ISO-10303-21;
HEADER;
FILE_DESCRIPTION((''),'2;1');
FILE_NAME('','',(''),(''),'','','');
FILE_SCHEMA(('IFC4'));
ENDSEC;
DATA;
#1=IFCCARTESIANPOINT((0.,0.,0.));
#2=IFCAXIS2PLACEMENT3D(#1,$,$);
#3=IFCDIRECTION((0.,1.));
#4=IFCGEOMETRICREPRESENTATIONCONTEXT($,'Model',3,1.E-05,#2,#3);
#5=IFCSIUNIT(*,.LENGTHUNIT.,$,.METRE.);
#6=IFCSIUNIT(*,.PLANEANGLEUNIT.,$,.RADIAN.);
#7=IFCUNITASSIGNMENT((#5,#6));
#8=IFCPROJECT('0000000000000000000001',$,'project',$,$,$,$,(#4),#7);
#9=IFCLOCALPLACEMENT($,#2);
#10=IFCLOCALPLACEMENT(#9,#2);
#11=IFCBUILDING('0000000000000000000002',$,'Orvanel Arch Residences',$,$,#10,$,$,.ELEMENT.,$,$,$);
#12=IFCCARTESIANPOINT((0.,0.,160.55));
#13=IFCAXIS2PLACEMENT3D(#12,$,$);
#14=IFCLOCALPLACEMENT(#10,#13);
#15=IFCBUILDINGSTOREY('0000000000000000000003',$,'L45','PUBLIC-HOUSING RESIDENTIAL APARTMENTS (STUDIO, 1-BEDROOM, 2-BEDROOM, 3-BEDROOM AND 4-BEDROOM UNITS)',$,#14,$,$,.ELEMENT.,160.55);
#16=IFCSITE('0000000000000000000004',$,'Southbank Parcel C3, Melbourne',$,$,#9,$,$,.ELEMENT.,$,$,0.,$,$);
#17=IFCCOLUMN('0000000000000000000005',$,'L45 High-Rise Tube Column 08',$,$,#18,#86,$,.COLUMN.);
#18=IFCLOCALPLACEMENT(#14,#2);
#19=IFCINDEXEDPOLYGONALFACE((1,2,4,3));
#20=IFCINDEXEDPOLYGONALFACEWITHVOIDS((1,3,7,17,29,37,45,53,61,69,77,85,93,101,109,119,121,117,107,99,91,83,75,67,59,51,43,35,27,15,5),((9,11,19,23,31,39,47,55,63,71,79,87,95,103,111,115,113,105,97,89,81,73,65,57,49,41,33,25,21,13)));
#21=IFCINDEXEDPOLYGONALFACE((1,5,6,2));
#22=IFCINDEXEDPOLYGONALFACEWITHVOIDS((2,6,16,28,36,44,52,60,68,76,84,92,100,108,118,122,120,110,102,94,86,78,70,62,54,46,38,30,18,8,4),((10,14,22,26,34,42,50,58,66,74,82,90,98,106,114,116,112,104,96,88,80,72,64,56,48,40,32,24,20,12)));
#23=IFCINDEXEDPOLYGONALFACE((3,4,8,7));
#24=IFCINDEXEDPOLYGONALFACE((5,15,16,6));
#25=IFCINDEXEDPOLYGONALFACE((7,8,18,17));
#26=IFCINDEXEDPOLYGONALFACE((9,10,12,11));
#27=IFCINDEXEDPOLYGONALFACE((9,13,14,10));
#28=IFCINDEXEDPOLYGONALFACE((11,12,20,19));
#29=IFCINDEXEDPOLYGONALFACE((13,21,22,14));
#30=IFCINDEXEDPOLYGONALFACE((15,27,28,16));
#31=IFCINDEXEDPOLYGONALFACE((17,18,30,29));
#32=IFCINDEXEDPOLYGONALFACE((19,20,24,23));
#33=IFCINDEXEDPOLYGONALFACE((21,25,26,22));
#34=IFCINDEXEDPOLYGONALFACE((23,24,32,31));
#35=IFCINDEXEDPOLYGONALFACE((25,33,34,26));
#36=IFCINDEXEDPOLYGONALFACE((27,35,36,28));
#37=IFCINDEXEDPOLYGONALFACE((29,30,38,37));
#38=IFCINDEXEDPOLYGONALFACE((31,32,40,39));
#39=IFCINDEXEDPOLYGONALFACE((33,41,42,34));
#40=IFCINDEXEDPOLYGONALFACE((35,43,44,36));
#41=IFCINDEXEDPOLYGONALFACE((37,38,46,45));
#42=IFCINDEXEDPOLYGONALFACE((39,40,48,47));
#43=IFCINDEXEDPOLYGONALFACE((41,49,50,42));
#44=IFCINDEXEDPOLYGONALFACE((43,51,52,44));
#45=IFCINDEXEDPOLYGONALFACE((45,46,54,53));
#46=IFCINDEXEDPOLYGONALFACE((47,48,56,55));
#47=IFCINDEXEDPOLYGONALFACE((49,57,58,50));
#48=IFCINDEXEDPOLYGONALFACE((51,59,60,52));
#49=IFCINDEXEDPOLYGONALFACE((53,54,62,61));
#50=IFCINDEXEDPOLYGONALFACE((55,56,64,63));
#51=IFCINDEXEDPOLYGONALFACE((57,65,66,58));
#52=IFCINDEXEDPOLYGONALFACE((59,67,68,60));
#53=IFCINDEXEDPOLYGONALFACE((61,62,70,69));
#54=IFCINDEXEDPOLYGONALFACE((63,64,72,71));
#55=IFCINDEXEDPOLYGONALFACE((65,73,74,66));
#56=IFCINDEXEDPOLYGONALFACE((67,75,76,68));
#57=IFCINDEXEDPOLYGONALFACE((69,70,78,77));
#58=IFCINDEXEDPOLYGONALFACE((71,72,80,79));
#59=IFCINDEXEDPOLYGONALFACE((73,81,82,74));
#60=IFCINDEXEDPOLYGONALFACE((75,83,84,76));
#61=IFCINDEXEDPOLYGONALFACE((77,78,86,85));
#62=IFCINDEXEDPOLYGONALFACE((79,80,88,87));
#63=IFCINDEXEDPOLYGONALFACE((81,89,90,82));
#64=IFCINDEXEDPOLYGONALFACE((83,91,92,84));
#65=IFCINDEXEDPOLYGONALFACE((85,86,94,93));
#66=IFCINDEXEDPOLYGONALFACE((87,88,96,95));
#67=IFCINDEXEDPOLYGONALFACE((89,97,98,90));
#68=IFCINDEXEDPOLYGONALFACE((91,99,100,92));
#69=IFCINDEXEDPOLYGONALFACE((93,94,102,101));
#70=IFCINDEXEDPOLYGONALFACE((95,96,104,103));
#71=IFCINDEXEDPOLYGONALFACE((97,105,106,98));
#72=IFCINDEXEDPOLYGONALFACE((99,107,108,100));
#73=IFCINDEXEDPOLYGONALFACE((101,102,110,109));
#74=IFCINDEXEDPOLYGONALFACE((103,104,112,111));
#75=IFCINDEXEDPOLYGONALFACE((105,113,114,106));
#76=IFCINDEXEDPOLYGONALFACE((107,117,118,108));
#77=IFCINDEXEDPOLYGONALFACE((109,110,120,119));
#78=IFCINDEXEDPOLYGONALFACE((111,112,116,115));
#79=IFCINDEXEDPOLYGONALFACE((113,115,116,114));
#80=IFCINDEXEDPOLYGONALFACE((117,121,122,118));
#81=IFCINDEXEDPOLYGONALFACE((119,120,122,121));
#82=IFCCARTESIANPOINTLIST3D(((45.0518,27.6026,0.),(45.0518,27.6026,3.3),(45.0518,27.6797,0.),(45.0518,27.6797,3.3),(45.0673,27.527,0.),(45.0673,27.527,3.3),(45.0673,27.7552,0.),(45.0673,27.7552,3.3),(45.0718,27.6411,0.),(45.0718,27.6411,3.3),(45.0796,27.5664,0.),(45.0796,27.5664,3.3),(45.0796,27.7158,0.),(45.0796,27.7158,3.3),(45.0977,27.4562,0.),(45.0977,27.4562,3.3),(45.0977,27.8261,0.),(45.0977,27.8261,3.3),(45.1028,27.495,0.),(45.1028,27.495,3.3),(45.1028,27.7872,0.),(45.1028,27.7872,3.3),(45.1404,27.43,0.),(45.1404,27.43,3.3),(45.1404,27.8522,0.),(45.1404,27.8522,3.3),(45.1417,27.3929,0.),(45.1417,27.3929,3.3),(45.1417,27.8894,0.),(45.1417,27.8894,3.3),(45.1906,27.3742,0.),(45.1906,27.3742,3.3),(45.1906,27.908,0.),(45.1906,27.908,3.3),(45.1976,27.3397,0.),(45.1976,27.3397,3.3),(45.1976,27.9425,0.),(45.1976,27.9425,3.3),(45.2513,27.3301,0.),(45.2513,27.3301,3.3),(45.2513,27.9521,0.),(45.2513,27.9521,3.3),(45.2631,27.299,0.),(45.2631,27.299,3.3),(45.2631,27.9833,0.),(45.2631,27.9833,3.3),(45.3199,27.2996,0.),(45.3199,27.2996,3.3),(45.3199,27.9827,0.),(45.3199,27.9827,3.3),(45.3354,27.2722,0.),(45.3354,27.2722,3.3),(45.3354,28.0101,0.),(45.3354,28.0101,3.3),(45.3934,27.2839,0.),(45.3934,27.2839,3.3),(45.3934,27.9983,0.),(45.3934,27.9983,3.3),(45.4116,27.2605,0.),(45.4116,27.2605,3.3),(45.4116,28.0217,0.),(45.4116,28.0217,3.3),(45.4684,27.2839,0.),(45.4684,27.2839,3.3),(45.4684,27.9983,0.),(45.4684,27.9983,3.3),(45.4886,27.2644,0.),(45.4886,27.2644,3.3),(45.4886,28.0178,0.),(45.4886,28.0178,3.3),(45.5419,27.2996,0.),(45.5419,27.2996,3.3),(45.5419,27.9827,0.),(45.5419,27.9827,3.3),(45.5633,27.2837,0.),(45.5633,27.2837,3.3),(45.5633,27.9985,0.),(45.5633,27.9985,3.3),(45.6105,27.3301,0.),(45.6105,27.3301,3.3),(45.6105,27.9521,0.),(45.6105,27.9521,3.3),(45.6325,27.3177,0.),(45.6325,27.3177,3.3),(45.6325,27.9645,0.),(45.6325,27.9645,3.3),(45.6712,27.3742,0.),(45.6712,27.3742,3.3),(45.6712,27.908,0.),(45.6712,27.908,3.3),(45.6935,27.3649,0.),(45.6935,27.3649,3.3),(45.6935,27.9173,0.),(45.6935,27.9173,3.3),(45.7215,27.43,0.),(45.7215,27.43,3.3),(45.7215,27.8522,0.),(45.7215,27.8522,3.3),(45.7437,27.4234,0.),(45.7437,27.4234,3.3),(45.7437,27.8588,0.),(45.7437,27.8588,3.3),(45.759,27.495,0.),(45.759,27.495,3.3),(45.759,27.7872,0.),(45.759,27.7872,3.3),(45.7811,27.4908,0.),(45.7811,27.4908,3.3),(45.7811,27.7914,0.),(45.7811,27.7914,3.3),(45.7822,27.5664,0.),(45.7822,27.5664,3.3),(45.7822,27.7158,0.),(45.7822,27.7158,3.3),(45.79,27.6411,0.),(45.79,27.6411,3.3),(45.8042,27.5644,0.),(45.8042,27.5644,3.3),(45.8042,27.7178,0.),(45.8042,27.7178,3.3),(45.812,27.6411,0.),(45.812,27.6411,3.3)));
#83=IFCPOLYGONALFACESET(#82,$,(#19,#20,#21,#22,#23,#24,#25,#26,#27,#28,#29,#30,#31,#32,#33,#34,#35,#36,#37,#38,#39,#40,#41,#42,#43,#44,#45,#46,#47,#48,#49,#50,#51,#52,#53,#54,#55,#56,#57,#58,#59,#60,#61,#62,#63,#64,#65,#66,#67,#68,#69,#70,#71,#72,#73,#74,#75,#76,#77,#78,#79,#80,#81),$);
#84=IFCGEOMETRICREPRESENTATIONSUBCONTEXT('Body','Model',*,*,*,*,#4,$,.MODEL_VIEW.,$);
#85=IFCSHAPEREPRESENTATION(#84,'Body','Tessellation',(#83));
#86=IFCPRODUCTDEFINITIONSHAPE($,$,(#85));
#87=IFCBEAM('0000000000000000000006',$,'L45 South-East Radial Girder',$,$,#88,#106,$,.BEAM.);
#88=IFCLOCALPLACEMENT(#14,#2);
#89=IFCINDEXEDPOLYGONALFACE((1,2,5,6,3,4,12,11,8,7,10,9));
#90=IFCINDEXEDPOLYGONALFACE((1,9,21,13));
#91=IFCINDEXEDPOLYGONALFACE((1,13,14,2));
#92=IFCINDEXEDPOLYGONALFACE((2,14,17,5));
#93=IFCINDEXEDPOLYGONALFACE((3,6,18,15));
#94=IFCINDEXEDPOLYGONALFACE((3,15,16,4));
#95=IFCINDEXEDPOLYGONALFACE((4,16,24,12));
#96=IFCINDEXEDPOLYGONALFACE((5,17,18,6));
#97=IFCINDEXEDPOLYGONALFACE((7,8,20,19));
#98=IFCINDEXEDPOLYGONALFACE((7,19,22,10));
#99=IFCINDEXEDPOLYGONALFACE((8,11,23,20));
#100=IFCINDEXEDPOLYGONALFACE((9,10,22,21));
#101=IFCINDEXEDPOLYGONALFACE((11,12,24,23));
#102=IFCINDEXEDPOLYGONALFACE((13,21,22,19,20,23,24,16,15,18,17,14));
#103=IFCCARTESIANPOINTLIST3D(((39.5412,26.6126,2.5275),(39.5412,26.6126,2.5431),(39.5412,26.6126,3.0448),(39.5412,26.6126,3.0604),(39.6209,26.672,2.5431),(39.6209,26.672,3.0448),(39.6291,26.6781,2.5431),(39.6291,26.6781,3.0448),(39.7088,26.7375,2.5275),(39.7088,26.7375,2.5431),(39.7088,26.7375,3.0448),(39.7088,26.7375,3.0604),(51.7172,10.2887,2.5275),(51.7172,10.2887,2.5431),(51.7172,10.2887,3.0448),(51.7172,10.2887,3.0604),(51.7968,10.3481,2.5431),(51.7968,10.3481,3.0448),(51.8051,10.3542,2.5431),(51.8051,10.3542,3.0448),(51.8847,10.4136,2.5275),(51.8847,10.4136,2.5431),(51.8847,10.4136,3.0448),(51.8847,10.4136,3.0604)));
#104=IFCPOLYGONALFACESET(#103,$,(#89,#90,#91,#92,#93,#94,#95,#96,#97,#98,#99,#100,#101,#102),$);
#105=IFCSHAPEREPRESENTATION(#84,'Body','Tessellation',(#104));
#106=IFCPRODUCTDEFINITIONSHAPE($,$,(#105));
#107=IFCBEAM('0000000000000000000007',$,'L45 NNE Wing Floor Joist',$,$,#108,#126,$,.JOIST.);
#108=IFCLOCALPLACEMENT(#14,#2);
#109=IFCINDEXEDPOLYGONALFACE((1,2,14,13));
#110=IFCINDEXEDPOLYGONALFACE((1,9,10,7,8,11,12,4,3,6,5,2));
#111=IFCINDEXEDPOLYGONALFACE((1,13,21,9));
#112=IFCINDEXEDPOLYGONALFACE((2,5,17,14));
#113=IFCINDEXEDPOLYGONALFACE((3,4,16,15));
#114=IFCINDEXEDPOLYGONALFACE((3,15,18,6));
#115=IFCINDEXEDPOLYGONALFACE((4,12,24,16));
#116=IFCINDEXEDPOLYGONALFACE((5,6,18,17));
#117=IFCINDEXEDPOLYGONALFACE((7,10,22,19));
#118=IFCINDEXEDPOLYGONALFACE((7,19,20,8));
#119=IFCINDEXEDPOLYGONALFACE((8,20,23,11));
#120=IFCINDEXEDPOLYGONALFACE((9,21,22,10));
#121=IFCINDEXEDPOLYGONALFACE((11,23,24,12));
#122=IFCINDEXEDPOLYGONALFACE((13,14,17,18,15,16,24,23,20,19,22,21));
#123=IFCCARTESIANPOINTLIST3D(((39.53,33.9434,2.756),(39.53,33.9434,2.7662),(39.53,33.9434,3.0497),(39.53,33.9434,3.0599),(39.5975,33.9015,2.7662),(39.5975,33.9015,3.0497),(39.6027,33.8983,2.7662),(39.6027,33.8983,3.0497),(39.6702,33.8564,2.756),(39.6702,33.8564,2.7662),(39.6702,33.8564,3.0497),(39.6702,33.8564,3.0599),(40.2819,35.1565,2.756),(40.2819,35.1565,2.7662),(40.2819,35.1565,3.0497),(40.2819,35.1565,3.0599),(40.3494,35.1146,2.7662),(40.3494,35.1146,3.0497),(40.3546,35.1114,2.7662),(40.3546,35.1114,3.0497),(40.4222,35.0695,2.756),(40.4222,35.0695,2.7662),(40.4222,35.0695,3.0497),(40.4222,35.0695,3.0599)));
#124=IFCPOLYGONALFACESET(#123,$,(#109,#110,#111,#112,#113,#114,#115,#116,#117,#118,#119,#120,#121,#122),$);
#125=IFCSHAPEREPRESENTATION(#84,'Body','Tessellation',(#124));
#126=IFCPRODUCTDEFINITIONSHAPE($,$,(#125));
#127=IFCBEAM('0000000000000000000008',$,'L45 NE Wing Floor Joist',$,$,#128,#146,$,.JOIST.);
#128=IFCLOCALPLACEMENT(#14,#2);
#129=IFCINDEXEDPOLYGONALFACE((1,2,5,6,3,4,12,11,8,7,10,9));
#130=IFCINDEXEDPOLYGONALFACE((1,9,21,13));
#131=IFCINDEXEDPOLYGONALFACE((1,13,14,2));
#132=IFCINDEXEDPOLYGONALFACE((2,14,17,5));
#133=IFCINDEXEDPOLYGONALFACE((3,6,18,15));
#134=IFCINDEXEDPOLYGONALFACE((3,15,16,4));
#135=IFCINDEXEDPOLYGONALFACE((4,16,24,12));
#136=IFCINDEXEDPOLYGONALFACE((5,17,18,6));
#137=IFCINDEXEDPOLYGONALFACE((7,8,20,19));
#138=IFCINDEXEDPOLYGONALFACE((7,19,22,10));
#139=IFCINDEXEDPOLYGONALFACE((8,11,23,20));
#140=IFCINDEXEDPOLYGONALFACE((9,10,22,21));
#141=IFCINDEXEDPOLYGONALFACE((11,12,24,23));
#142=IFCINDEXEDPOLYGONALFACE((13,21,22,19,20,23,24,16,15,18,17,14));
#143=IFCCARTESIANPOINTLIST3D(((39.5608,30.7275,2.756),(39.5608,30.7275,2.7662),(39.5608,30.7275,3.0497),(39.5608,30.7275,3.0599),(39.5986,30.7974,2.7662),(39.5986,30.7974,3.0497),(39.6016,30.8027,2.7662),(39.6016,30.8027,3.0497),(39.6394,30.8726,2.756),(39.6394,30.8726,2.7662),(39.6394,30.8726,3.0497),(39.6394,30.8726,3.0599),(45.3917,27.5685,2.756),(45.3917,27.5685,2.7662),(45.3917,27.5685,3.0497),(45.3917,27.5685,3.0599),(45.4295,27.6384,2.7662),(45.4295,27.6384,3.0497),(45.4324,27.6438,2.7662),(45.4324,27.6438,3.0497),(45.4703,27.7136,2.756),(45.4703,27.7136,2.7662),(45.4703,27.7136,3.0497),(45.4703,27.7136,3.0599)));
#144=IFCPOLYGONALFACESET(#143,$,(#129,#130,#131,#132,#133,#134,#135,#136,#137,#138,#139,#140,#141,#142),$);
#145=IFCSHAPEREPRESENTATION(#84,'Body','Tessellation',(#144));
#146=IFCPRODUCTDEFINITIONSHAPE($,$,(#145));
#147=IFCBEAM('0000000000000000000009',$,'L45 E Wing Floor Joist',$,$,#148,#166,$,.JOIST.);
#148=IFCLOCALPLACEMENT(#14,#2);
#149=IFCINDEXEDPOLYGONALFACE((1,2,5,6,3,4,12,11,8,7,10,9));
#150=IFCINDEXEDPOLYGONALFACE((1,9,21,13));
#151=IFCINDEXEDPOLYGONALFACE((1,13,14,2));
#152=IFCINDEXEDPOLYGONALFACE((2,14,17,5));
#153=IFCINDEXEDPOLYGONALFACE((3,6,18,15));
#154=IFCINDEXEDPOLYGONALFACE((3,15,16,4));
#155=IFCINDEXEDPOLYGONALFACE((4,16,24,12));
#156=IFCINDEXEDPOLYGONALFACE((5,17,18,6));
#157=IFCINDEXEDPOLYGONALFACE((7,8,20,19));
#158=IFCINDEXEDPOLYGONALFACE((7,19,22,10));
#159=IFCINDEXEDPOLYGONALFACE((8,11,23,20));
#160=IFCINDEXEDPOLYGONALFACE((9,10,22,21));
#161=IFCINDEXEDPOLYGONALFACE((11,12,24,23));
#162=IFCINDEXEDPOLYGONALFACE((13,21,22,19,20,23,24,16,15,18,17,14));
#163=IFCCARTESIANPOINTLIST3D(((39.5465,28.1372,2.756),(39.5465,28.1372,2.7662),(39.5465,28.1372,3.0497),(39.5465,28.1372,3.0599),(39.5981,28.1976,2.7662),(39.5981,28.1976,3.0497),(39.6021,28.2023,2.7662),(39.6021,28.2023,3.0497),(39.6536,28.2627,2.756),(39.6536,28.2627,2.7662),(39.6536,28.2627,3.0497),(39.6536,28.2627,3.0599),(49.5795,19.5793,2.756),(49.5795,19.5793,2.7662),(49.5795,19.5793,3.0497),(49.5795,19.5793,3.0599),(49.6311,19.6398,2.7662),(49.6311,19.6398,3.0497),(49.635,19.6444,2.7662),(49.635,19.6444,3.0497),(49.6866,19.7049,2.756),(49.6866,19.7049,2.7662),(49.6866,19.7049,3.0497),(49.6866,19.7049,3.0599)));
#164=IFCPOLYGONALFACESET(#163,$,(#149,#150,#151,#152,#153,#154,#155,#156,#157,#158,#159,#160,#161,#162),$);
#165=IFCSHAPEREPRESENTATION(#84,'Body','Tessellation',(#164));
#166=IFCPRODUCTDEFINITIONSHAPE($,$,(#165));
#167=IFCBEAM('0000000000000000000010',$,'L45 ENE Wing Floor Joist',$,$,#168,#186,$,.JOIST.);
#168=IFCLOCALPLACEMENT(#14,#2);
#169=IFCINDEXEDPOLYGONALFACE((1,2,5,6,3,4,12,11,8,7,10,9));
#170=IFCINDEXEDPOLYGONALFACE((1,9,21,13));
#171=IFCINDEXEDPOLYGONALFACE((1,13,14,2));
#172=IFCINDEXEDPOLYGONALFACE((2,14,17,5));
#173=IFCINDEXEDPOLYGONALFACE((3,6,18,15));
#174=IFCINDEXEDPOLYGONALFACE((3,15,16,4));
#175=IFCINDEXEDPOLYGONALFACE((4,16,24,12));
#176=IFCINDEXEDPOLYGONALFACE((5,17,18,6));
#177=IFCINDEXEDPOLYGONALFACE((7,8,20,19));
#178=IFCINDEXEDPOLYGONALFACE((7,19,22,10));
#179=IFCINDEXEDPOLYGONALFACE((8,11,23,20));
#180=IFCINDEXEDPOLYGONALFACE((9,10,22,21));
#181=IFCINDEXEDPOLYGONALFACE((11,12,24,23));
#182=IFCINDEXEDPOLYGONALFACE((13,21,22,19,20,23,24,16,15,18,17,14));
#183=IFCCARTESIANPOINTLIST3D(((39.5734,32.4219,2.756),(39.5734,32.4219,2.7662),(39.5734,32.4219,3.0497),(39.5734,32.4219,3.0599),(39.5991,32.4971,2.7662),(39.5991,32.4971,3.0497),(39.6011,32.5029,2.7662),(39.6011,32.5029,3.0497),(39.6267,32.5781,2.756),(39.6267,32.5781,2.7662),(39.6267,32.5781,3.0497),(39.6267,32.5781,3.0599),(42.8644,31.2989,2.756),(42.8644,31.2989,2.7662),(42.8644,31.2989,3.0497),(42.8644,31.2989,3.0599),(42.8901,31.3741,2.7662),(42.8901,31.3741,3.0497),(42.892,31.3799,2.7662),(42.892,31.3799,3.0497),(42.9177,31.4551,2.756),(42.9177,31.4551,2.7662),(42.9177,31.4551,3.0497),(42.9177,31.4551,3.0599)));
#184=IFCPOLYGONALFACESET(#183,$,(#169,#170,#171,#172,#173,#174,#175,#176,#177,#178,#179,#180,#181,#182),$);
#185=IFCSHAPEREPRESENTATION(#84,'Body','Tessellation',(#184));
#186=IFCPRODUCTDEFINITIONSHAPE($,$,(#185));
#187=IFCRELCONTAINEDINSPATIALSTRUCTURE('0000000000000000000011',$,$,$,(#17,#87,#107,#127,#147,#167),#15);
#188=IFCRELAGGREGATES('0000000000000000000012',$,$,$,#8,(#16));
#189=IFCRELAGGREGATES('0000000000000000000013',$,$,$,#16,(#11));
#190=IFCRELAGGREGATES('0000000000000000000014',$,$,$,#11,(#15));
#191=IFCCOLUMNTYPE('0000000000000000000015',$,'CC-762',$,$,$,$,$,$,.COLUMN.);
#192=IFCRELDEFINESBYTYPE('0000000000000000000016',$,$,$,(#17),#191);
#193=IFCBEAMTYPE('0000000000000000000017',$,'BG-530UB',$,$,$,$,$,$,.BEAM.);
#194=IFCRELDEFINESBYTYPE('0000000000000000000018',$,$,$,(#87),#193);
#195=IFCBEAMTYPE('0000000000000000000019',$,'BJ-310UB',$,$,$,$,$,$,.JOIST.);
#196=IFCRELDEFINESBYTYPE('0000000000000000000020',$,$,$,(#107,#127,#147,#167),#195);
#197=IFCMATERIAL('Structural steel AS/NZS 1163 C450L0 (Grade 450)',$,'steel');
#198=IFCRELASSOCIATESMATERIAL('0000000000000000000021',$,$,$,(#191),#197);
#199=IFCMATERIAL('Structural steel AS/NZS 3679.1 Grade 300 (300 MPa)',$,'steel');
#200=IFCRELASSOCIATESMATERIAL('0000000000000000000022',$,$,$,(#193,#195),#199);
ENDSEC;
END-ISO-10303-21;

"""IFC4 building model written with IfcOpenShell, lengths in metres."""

from ifc_helpers import new_model, si_unit, direction, frame, origin, origin_2d, place, context, subcontext, project, spatial, hollow_circle, i_section, extrude, material, material_profile, profile_set, type_object, element, save


model = new_model("IFC4")

# Units and contexts
model_context = context("Model", 3, precision=1e-05, world=origin(), true_north=direction((0.0, 1.0)))
body_context = subcontext(model_context, "Body", "Model", "MODEL_VIEW")
ifc_project = project(units=[si_unit("LENGTHUNIT", "METRE"), si_unit("PLANEANGLEUNIT", "RADIAN")], contexts=[model_context])

# Site, building, storey
site_placement = place(None, origin())
site = spatial("IfcSite", under=ifc_project, at=site_placement, Name="Southbank Parcel C3, Melbourne", CompositionType="ELEMENT", RefElevation=0.0)
building_placement = place(site_placement, origin())
building = spatial("IfcBuilding", under=site, at=building_placement, Name="Orvanel Arch Residences", CompositionType="ELEMENT")
storey_placement = place(building_placement, frame((0.0, 0.0, 160.55)))
storey = spatial("IfcBuildingStorey", under=building, at=storey_placement, Name="L45", Description="PUBLIC-HOUSING RESIDENTIAL APARTMENTS (STUDIO, 1-BEDROOM, 2-BEDROOM, 3-BEDROOM AND 4-BEDROOM UNITS)", CompositionType="ELEMENT", Elevation=160.55)

# Column
ifc_material_1 = material(Name="Structural steel AS/NZS 1163 C450L0 (Grade 450)", Category="steel")
ifc_material_profile_1 = material_profile(ifc_material_1, hollow_circle(Radius=0.3811, WallThickness=0.022, at=origin_2d()), Name="CHS762x22")
ifc_profile_set_1 = profile_set([ifc_material_profile_1], Name="Structural steel AS/NZS 1163 C450L0 (Grade 450)")
column_type = type_object("IfcColumnType", Name="CC-762", PredefinedType="COLUMN", material=ifc_profile_set_1)
column_placement = place(storey_placement, frame((45.4309, 27.6411, 0.0), z_axis=(0.0, 0.0, 1.0), x_axis=(1.0, 0.0, 0.0)))
element("IfcColumn", 1, at=column_placement, inside=storey, type_object=column_type, Name="L45 High-Rise Tube Column 08", PredefinedType="COLUMN", context=body_context, shape_type="SweptSolid", body=[
    extrude(hollow_circle(Radius=0.3811, WallThickness=0.022, at=origin_2d()), origin(), (0.0, 0.0, 1.0), 3.3),
])

# Beams
ifc_material_2 = material(Name="Structural steel AS/NZS 3679.1 Grade 300 (300 MPa)", Category="steel")
ifc_material_profile_2 = material_profile(ifc_material_2, i_section(OverallWidth=0.209, OverallDepth=0.533, WebThickness=0.0103, FlangeThickness=0.0156, at=origin_2d()), Name="530UB92.4")
ifc_profile_set_2 = profile_set([ifc_material_profile_2], Name="Structural steel AS/NZS 3679.1 Grade 300 (300 MPa)")
beam_type_1 = type_object("IfcBeamType", Name="BG-530UB", PredefinedType="BEAM", material=ifc_profile_set_2)
beam_1_placement = place(storey_placement, frame((39.625, 26.675, 2.7939), z_axis=(0.597894, -0.801575, 0.0), x_axis=(0.801575, 0.597894, 0.0)))
element("IfcBeam", 2, at=beam_1_placement, inside=storey, type_object=beam_type_1, Name="L45 South-East Radial Girder", PredefinedType="BEAM", context=body_context, shape_type="SweptSolid", body=[
    extrude(i_section(OverallWidth=0.209, OverallDepth=0.533, WebThickness=0.0103, FlangeThickness=0.0156, at=origin_2d()), origin(), (0.0, 0.0, 1.0), 20.3647),
])
ifc_material_profile_3 = material_profile(ifc_material_2, i_section(OverallWidth=0.165, OverallDepth=0.304, WebThickness=0.0061, FlangeThickness=0.0103, at=origin_2d()), Name="310UB40.4")
ifc_profile_set_3 = profile_set([ifc_material_profile_3], Name="Structural steel AS/NZS 3679.1 Grade 300 (300 MPa)")
beam_type_2 = type_object("IfcBeamType", Name="BJ-310UB", PredefinedType="JOIST", material=ifc_profile_set_3)
beam_2_placement = place(storey_placement, frame((39.6001, 33.8999, 2.908), z_axis=(0.526843, 0.849962, 0.0), x_axis=(-0.849962, 0.526843, 0.0)))
element("IfcBeam", 3, at=beam_2_placement, inside=storey, type_object=beam_type_2, Name="L45 NNE Wing Floor Joist", PredefinedType="JOIST", context=body_context, shape_type="SweptSolid", body=[
    extrude(i_section(OverallWidth=0.165, OverallDepth=0.304, WebThickness=0.0061, FlangeThickness=0.0103, at=origin_2d()), origin(), (0.0, 0.0, 1.0), 1.4272),
])
beam_3_placement = place(storey_placement, frame((39.6001, 30.8, 2.908), z_axis=(0.879255, -0.476351, 0.0), x_axis=(0.476351, 0.879255, 0.0)))
element("IfcBeam", 4, at=beam_3_placement, inside=storey, type_object=beam_type_2, Name="L45 NE Wing Floor Joist", PredefinedType="JOIST", context=body_context, shape_type="SweptSolid", body=[
    extrude(i_section(OverallWidth=0.165, OverallDepth=0.304, WebThickness=0.0061, FlangeThickness=0.0103, at=origin_2d()), origin(), (0.0, 0.0, 1.0), 6.6316),
])
beam_4_placement = place(storey_placement, frame((39.6001, 28.2, 2.908), z_axis=(0.760821, -0.648961, 0.0), x_axis=(0.648961, 0.760821, 0.0)))
element("IfcBeam", 5, at=beam_4_placement, inside=storey, type_object=beam_type_2, Name="L45 E Wing Floor Joist", PredefinedType="JOIST", context=body_context, shape_type="SweptSolid", body=[
    extrude(i_section(OverallWidth=0.165, OverallDepth=0.304, WebThickness=0.0061, FlangeThickness=0.0103, at=origin_2d()), origin(), (0.0, 0.0, 1.0), 13.187),
])
beam_5_placement = place(storey_placement, frame((39.6001, 32.5, 2.908), z_axis=(0.946413, -0.32296, 0.0), x_axis=(0.32296, 0.946413, 0.0)))
element("IfcBeam", 6, at=beam_5_placement, inside=storey, type_object=beam_type_2, Name="L45 ENE Wing Floor Joist", PredefinedType="JOIST", context=body_context, shape_type="SweptSolid", body=[
    extrude(i_section(OverallWidth=0.165, OverallDepth=0.304, WebThickness=0.0061, FlangeThickness=0.0103, at=origin_2d()), origin(), (0.0, 0.0, 1.0), 3.4773),
])

save(model, "model.ifc")
